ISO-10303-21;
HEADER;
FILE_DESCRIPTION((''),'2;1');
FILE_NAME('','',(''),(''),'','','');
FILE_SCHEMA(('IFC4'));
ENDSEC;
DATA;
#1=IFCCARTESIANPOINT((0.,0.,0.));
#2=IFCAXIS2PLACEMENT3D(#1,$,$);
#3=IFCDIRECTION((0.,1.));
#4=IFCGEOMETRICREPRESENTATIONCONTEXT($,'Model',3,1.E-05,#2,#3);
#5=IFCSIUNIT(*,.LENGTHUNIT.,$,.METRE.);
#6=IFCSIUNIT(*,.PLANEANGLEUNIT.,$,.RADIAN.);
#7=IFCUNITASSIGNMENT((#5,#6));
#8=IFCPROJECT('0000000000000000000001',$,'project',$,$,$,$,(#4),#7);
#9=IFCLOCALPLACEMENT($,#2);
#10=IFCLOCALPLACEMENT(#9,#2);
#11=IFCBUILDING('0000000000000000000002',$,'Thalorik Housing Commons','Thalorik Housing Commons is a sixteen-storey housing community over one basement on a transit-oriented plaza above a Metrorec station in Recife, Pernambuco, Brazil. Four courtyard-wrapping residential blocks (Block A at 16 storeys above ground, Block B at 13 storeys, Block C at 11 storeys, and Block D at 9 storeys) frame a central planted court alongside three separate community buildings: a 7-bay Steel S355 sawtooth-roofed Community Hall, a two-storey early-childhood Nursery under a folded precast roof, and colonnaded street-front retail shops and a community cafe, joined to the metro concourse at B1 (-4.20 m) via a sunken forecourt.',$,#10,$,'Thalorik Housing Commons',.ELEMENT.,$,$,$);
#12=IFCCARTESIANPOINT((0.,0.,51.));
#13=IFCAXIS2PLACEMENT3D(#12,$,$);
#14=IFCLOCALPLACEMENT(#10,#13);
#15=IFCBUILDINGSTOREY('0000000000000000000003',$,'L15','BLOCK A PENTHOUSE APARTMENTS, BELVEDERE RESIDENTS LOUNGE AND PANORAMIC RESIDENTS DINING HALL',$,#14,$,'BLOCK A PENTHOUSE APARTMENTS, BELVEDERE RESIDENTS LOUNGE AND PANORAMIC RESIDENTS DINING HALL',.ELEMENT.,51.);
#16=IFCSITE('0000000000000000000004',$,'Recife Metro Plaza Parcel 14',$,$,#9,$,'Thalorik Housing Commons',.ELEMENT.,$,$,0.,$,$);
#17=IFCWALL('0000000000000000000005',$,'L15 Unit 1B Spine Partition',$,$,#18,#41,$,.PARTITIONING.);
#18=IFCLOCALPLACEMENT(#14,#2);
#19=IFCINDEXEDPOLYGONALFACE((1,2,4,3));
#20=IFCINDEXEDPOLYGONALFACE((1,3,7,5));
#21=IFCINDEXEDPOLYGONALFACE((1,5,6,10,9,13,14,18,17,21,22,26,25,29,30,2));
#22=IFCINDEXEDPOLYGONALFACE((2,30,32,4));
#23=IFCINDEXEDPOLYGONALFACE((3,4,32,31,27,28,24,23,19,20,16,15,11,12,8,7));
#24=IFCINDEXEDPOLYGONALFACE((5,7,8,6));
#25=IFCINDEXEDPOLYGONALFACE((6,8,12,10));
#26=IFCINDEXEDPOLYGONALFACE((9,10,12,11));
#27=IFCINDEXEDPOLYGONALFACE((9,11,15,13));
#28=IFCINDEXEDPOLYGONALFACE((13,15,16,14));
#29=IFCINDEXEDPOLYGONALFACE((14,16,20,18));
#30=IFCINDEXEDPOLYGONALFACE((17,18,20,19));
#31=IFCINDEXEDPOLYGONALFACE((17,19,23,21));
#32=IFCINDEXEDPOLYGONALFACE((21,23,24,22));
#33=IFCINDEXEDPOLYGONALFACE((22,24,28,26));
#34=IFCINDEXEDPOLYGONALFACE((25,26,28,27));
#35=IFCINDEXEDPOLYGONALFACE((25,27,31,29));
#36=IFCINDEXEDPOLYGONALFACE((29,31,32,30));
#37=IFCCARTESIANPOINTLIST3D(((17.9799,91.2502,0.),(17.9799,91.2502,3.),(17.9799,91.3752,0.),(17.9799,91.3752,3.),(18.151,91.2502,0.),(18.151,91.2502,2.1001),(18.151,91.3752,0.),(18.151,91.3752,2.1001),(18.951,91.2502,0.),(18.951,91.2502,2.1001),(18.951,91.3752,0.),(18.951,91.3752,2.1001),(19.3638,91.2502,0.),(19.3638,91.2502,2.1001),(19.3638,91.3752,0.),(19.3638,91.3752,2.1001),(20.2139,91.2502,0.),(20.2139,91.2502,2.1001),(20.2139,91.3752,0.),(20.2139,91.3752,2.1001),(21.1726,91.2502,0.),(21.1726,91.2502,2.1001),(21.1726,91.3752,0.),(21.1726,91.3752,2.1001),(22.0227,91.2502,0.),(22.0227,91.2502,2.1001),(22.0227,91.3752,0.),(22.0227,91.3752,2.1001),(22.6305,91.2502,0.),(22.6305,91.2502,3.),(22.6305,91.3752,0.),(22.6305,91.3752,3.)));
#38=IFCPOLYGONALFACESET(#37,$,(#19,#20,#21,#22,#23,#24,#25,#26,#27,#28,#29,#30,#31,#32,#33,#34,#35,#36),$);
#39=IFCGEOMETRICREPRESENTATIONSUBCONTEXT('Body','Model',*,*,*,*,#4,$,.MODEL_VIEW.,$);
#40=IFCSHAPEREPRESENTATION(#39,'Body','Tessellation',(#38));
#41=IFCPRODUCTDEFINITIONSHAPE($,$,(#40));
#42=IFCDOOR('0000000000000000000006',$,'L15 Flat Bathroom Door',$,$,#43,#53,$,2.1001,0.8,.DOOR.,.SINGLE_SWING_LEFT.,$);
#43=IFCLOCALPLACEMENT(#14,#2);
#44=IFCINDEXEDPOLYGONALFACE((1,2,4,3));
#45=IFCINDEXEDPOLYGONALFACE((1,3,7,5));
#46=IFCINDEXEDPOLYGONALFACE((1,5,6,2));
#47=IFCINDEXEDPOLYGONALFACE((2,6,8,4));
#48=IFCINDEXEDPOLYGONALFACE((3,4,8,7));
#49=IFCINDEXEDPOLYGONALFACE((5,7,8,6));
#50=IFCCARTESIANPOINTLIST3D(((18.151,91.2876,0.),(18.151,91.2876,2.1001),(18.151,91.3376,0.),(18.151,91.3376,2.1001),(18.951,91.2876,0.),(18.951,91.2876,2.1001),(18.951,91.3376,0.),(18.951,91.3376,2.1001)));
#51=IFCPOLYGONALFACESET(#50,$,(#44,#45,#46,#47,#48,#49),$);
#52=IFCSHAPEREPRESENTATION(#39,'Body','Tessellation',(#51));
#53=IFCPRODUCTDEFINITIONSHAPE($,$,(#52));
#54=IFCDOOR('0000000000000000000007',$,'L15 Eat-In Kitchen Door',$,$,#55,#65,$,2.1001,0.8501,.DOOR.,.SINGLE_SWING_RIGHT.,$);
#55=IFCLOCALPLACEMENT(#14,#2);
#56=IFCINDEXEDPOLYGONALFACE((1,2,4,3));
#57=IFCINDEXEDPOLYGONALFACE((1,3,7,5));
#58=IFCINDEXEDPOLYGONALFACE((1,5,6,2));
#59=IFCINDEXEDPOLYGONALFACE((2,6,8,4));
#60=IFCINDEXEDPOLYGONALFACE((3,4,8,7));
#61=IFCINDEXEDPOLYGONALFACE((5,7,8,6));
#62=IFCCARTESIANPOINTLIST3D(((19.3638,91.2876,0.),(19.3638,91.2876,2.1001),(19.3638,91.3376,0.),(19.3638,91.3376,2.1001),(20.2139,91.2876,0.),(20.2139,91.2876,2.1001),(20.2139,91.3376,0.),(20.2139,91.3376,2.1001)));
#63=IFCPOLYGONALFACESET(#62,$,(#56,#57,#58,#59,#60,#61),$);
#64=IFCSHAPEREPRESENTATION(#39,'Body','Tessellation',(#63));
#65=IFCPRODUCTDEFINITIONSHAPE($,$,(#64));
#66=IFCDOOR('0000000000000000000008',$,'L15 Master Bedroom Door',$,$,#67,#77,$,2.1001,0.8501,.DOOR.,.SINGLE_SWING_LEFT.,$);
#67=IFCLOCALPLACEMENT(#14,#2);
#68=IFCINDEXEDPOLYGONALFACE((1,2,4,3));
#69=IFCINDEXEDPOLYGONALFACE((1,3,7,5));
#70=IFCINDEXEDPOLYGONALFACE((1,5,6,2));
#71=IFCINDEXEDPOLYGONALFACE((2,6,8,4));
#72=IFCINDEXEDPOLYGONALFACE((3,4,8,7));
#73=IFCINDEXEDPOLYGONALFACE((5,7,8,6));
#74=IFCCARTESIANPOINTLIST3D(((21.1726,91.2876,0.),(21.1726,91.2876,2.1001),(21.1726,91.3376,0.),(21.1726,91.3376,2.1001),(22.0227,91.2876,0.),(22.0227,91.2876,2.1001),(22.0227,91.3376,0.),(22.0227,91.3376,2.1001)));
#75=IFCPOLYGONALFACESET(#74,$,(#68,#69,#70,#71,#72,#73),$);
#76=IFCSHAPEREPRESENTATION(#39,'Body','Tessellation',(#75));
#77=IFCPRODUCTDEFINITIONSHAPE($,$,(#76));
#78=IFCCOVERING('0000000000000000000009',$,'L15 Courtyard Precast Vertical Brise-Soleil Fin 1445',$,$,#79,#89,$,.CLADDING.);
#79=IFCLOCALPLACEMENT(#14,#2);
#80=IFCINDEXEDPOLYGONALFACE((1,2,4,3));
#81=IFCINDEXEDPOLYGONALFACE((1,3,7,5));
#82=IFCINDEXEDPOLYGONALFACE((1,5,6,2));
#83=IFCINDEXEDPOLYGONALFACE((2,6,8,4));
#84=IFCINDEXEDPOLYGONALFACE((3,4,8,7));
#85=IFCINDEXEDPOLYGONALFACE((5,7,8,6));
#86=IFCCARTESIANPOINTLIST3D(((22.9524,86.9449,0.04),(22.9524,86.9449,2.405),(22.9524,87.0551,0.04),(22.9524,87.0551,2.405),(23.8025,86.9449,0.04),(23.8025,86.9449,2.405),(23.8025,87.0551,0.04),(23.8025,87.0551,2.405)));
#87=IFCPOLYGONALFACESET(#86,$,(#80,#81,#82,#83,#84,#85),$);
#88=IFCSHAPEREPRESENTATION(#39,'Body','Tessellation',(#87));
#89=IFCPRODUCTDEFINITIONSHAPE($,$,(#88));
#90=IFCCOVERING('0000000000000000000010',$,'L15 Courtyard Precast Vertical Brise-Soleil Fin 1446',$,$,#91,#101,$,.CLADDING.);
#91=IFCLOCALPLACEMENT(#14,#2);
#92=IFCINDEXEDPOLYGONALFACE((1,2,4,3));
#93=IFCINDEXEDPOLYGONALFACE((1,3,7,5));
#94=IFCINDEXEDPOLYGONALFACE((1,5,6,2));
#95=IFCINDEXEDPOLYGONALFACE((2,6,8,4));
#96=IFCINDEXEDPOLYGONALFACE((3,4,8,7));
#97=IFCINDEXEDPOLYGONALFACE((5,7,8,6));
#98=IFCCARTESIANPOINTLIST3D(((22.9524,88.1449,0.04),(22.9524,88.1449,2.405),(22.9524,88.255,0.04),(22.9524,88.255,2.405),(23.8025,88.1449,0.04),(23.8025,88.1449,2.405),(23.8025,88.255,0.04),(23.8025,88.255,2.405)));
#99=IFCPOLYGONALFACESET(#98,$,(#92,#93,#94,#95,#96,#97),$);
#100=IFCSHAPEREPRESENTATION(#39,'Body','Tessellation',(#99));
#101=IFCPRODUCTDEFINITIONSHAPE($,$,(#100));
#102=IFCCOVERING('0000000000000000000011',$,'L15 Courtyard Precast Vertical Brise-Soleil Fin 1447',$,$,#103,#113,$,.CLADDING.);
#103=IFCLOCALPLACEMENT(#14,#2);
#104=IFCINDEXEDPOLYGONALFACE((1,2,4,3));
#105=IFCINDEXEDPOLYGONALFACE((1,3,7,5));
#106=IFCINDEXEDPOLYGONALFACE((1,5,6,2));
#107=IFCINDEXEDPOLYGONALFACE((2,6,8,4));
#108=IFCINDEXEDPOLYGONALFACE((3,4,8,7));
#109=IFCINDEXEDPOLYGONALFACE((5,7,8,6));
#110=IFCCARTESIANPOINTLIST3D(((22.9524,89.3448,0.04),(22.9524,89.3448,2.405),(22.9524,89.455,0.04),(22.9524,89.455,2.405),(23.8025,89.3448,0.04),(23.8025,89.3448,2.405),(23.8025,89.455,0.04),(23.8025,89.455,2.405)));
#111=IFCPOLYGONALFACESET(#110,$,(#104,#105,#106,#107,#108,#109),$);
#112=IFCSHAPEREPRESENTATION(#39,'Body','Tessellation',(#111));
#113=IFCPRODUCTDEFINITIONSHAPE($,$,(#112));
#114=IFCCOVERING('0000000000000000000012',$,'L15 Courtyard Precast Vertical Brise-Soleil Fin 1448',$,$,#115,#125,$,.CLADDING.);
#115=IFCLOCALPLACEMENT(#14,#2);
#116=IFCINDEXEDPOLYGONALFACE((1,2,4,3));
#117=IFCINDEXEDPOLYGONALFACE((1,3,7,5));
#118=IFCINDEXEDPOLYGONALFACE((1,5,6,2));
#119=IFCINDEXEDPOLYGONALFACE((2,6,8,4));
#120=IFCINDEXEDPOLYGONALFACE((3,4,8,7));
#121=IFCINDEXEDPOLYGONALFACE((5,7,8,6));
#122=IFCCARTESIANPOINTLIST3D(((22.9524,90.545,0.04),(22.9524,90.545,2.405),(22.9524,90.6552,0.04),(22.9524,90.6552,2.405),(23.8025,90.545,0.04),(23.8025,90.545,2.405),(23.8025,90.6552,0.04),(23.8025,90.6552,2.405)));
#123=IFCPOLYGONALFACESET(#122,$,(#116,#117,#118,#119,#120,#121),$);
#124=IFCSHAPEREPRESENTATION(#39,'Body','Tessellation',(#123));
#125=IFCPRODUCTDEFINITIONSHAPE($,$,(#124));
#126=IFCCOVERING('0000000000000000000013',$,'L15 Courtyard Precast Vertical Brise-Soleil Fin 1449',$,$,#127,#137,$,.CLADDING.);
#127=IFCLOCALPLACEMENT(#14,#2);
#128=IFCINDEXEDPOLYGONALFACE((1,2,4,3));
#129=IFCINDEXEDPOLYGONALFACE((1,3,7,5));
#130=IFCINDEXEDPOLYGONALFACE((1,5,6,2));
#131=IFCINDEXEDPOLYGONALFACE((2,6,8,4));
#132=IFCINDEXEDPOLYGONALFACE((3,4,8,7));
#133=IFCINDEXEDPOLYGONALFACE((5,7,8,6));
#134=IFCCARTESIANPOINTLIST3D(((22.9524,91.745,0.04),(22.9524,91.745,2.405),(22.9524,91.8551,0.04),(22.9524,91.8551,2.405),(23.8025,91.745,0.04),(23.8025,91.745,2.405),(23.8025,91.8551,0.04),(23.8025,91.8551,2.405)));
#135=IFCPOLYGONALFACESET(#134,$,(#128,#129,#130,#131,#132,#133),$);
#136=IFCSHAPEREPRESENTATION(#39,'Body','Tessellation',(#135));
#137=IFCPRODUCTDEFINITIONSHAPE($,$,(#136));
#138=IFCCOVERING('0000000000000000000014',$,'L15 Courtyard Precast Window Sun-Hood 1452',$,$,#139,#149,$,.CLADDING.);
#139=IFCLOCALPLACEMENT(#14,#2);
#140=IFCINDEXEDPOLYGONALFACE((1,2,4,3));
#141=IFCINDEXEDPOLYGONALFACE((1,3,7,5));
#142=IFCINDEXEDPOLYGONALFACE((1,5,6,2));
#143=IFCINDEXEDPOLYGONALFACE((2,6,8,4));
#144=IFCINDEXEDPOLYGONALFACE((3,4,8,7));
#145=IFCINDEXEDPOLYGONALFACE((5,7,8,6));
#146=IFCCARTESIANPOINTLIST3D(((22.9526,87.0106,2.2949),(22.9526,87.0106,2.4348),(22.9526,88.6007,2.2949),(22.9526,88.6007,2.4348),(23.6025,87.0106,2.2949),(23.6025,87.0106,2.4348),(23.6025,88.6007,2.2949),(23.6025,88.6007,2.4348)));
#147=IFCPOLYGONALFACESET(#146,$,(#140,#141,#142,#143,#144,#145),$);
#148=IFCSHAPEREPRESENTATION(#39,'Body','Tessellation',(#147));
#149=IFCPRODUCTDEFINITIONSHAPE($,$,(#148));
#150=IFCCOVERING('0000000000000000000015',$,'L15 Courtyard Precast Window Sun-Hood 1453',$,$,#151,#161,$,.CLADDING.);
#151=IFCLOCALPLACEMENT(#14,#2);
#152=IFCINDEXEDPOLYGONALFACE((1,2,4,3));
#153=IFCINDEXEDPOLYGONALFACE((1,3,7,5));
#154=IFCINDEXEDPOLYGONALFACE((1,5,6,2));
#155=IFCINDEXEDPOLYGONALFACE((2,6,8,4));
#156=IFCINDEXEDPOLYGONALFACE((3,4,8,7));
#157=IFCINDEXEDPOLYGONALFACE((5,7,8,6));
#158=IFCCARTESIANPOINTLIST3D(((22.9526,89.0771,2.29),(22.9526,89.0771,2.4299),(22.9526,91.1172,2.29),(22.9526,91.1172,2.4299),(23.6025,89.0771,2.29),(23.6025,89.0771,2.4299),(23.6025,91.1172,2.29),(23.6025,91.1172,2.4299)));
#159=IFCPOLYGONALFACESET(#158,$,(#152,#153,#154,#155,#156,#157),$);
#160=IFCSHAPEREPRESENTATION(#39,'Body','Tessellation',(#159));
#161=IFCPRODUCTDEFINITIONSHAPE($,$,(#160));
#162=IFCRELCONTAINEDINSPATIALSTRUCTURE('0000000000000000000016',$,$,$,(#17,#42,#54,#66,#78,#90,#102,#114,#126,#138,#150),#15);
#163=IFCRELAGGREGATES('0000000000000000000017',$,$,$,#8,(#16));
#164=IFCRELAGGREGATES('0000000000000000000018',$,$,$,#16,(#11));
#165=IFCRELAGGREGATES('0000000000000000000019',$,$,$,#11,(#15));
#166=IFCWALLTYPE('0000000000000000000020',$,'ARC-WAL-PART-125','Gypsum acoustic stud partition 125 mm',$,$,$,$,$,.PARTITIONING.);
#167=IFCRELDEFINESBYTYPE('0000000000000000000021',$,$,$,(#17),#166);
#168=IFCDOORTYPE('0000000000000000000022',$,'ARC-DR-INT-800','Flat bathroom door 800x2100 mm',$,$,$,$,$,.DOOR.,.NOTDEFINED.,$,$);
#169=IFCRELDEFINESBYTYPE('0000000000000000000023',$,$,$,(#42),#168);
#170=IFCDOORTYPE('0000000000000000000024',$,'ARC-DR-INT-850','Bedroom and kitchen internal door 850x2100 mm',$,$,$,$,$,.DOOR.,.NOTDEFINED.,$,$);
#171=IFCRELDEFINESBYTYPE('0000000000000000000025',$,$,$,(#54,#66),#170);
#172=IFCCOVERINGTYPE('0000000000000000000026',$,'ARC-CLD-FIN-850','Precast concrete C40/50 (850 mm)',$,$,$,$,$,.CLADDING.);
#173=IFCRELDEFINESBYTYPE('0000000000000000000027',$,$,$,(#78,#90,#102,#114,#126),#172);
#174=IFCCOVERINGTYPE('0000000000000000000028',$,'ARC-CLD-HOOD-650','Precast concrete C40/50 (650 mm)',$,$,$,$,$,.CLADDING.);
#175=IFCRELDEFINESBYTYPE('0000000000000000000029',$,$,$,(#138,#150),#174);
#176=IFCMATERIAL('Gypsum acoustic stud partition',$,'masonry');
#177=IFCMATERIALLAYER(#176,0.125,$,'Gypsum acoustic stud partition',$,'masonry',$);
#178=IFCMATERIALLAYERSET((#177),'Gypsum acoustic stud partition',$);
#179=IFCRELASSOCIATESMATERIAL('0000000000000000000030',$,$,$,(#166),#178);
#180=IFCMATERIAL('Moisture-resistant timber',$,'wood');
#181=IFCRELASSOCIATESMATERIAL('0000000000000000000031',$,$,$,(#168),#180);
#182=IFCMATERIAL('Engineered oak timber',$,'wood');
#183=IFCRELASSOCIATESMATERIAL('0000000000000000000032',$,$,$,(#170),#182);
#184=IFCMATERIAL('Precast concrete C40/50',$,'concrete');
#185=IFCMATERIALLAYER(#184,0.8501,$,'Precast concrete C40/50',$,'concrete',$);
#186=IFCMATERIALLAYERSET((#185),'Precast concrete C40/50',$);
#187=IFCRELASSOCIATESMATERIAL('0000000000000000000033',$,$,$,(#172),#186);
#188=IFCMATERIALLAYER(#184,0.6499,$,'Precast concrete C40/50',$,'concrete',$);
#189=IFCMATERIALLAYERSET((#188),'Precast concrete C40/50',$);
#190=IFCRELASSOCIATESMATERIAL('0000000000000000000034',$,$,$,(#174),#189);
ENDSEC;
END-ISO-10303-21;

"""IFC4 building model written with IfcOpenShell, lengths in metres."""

from ifc_helpers import new_model, si_unit, direction, frame, frame_2d, origin, origin_2d, place, context, subcontext, project, spatial, rectangle, extrude, material, layer, layer_set, type_object, element, fill, save


model = new_model("IFC4")

# Units and contexts
model_context = context("Model", 3, precision=1e-05, world=origin(), true_north=direction((0.0, 1.0)))
body_context = subcontext(model_context, "Body", "Model", "MODEL_VIEW")
ifc_project = project(units=[si_unit("LENGTHUNIT", "METRE"), si_unit("PLANEANGLEUNIT", "RADIAN")], contexts=[model_context])

# Site, building, storey
site_placement = place(None, origin())
site = spatial("IfcSite", under=ifc_project, at=site_placement, Name="Recife Metro Plaza Parcel 14", LongName="Thalorik Housing Commons", CompositionType="ELEMENT", RefElevation=0.0)
building_placement = place(site_placement, origin())
building = spatial("IfcBuilding", under=site, at=building_placement, Name="Thalorik Housing Commons", Description="Thalorik Housing Commons is a sixteen-storey housing community over one basement on a transit-oriented plaza above a Metrorec station in Recife, Pernambuco, Brazil. Four courtyard-wrapping residential blocks (Block A at 16 storeys above ground, Block B at 13 storeys, Block C at 11 storeys, and Block D at 9 storeys) frame a central planted court alongside three separate community buildings: a 7-bay Steel S355 sawtooth-roofed Community Hall, a two-storey early-childhood Nursery under a folded precast roof, and colonnaded street-front retail shops and a community cafe, joined to the metro concourse at B1 (-4.20 m) via a sunken forecourt.", LongName="Thalorik Housing Commons", CompositionType="ELEMENT")
storey_placement = place(building_placement, frame((0.0, 0.0, 51.0)))
storey = spatial("IfcBuildingStorey", under=building, at=storey_placement, Name="L15", Description="BLOCK A PENTHOUSE APARTMENTS, BELVEDERE RESIDENTS LOUNGE AND PANORAMIC RESIDENTS DINING HALL", LongName="BLOCK A PENTHOUSE APARTMENTS, BELVEDERE RESIDENTS LOUNGE AND PANORAMIC RESIDENTS DINING HALL", CompositionType="ELEMENT", Elevation=51.0)

# Shared definitions
ifc_material_1 = material(Name="Precast concrete C40/50", Category="concrete")

# Wall, openings, doors
ifc_material_2 = material(Name="Gypsum acoustic stud partition", Category="masonry")
ifc_layer_1 = layer(ifc_material_2, 0.125, Name="Gypsum acoustic stud partition", Category="masonry")
ifc_layer_set_1 = layer_set([ifc_layer_1], Name="Gypsum acoustic stud partition")
wall_type_1 = type_object("IfcWallType", Name="ARC-WAL-PART-125", Description="Gypsum acoustic stud partition 125 mm", PredefinedType="PARTITIONING", material=ifc_layer_set_1)
wall_1_placement = place(storey_placement, frame((17.98, 91.3127, 0.0), z_axis=(0.0, 0.0, 1.0), x_axis=(1.0, 0.0, 0.0)))
wall_1 = element("IfcWall", 1, at=wall_1_placement, inside=storey, type_object=wall_type_1, Name="L15 Unit 1B Spine Partition", PredefinedType="PARTITIONING", context=body_context, shape_type="SweptSolid", body=[
    extrude(rectangle(XDim=4.6506, YDim=0.125, at=frame_2d((2.3252, 0.0))), origin(), (0.0, 0.0, 1.0), 3.0),
])
opening_1_placement = place(wall_1_placement, frame((0.1711, 0.0, 0.0)))
opening_1 = element("IfcOpeningElement", 2, at=opening_1_placement, cuts=wall_1, PredefinedType="OPENING", context=body_context, shape_type="SweptSolid", body=[
    extrude(rectangle(XDim=0.8, YDim=2.1001, at=frame_2d((0.3999, 1.05))), frame((0.0, 0.0725, 0.0), z_axis=(0.0, -1.0, 0.0), x_axis=(1.0, 0.0, 0.0)), (0.0, 0.0, 1.0), 0.145),
])
opening_2_placement = place(wall_1_placement, frame((1.3838, 0.0, 0.0)))
opening_2 = element("IfcOpeningElement", 3, at=opening_2_placement, cuts=wall_1, PredefinedType="OPENING", context=body_context, shape_type="SweptSolid", body=[
    extrude(rectangle(XDim=0.8501, YDim=2.1001, at=frame_2d((0.425, 1.05))), frame((0.0, 0.0725, 0.0), z_axis=(0.0, -1.0, 0.0), x_axis=(1.0, 0.0, 0.0)), (0.0, 0.0, 1.0), 0.145),
])
opening_3_placement = place(wall_1_placement, frame((3.1926, 0.0, 0.0)))
opening_3 = element("IfcOpeningElement", 4, at=opening_3_placement, cuts=wall_1, PredefinedType="OPENING", context=body_context, shape_type="SweptSolid", body=[
    extrude(rectangle(XDim=0.8501, YDim=2.1001, at=frame_2d((0.425, 1.05))), frame((0.0, 0.0725, 0.0), z_axis=(0.0, -1.0, 0.0), x_axis=(1.0, 0.0, 0.0)), (0.0, 0.0, 1.0), 0.145),
])
ifc_material_3 = material(Name="Moisture-resistant timber", Category="wood")
door_type_1 = type_object("IfcDoorType", Name="ARC-DR-INT-800", Description="Flat bathroom door 800x2100 mm", OperationType="NOTDEFINED", PredefinedType="DOOR", material=ifc_material_3)
door_1_placement = place(opening_1_placement, origin())
door_1 = element("IfcDoor", 5, at=door_1_placement, inside=storey, type_object=door_type_1, Name="L15 Flat Bathroom Door", OperationType="SINGLE_SWING_LEFT", OverallHeight=2.1001, OverallWidth=0.8, PredefinedType="DOOR", context=body_context, shape_type="SweptSolid", body=[
    extrude(rectangle(XDim=0.8, YDim=2.1001, at=frame_2d((0.3999, 1.05))), frame((0.0, 0.0249, 0.0), z_axis=(0.0, -1.0, 0.0), x_axis=(1.0, 0.0, 0.0)), (0.0, 0.0, 1.0), 0.05),
])
fill(opening_1, door_1)
ifc_material_4 = material(Name="Engineered oak timber", Category="wood")
door_type_2 = type_object("IfcDoorType", Name="ARC-DR-INT-850", Description="Bedroom and kitchen internal door 850x2100 mm", OperationType="NOTDEFINED", PredefinedType="DOOR", material=ifc_material_4)
door_2_placement = place(opening_2_placement, origin())
door_2 = element("IfcDoor", 6, at=door_2_placement, inside=storey, type_object=door_type_2, Name="L15 Eat-In Kitchen Door", OperationType="SINGLE_SWING_RIGHT", OverallHeight=2.1001, OverallWidth=0.8501, PredefinedType="DOOR", context=body_context, shape_type="SweptSolid", body=[
    extrude(rectangle(XDim=0.8501, YDim=2.1001, at=frame_2d((0.425, 1.05))), frame((0.0, 0.0249, 0.0), z_axis=(0.0, -1.0, 0.0), x_axis=(1.0, 0.0, 0.0)), (0.0, 0.0, 1.0), 0.05),
])
fill(opening_2, door_2)
door_3_placement = place(opening_3_placement, origin())
door_3 = element("IfcDoor", 7, at=door_3_placement, inside=storey, type_object=door_type_2, Name="L15 Master Bedroom Door", OperationType="SINGLE_SWING_LEFT", OverallHeight=2.1001, OverallWidth=0.8501, PredefinedType="DOOR", context=body_context, shape_type="SweptSolid", body=[
    extrude(rectangle(XDim=0.8501, YDim=2.1001, at=frame_2d((0.425, 1.05))), frame((0.0, 0.0249, 0.0), z_axis=(0.0, -1.0, 0.0), x_axis=(1.0, 0.0, 0.0)), (0.0, 0.0, 1.0), 0.05),
])
fill(opening_3, door_3)

# Coverings
ifc_layer_2 = layer(ifc_material_1, 0.8501, Name="Precast concrete C40/50", Category="concrete")
ifc_layer_set_2 = layer_set([ifc_layer_2], Name="Precast concrete C40/50")
covering_type_1 = type_object("IfcCoveringType", Name="ARC-CLD-FIN-850", Description="Precast concrete C40/50 (850 mm)", PredefinedType="CLADDING", material=ifc_layer_set_2)
for number, where, z_axis, x_axis, name in (
    (8, (23.3774, 87.0, 0.04), (0.0, 0.0, 1.0), (0.0, 1.0, 0.0), "L15 Courtyard Precast Vertical Brise-Soleil Fin 1445"),
    (9, (23.3774, 88.2, 0.04), (0.0, 0.0, 1.0), (0.0, 1.0, 0.0), "L15 Courtyard Precast Vertical Brise-Soleil Fin 1446"),
    (10, (23.3774, 89.3999, 0.04), (0.0, 0.0, 1.0), (0.0, 1.0, 0.0), "L15 Courtyard Precast Vertical Brise-Soleil Fin 1447"),
    (11, (23.3774, 90.6001, 0.04), (0.0, 0.0, 1.0), (0.0, 1.0, 0.0), "L15 Courtyard Precast Vertical Brise-Soleil Fin 1448"),
    (12, (23.3774, 91.8, 0.04), (0.0, 0.0, 1.0), (0.0, 1.0, 0.0), "L15 Courtyard Precast Vertical Brise-Soleil Fin 1449"),
):
    element("IfcCovering", number, at=place(storey_placement, frame(where, z_axis=z_axis, x_axis=x_axis)), inside=storey, type_object=covering_type_1, Name=name, PredefinedType="CLADDING", context=body_context, shape_type="SweptSolid", body=[
        extrude(rectangle(XDim=0.1101, YDim=0.8501, at=origin_2d()), origin(), (0.0, 0.0, 1.0), 2.365),
    ])
ifc_layer_3 = layer(ifc_material_1, 0.6499, Name="Precast concrete C40/50", Category="concrete")
ifc_layer_set_3 = layer_set([ifc_layer_3], Name="Precast concrete C40/50")
covering_type_2 = type_object("IfcCoveringType", Name="ARC-CLD-HOOD-650", Description="Precast concrete C40/50 (650 mm)", PredefinedType="CLADDING", material=ifc_layer_set_3)
covering_1_placement = place(storey_placement, frame((23.2776, 87.8057, 2.2949), z_axis=(0.0, 0.0, 1.0), x_axis=(0.0, 1.0, 0.0)))
element("IfcCovering", 13, at=covering_1_placement, inside=storey, type_object=covering_type_2, Name="L15 Courtyard Precast Window Sun-Hood 1452", PredefinedType="CLADDING", context=body_context, shape_type="SweptSolid", body=[
    extrude(rectangle(XDim=1.5901, YDim=0.6499, at=origin_2d()), origin(), (0.0, 0.0, 1.0), 0.1399),
])
covering_2_placement = place(storey_placement, frame((23.2776, 90.0972, 2.29), z_axis=(0.0, 0.0, 1.0), x_axis=(0.0, 1.0, 0.0)))
element("IfcCovering", 14, at=covering_2_placement, inside=storey, type_object=covering_type_2, Name="L15 Courtyard Precast Window Sun-Hood 1453", PredefinedType="CLADDING", context=body_context, shape_type="SweptSolid", body=[
    extrude(rectangle(XDim=2.04, YDim=0.6499, at=origin_2d()), origin(), (0.0, 0.0, 1.0), 0.1399),
])

save(model, "model.ifc")
